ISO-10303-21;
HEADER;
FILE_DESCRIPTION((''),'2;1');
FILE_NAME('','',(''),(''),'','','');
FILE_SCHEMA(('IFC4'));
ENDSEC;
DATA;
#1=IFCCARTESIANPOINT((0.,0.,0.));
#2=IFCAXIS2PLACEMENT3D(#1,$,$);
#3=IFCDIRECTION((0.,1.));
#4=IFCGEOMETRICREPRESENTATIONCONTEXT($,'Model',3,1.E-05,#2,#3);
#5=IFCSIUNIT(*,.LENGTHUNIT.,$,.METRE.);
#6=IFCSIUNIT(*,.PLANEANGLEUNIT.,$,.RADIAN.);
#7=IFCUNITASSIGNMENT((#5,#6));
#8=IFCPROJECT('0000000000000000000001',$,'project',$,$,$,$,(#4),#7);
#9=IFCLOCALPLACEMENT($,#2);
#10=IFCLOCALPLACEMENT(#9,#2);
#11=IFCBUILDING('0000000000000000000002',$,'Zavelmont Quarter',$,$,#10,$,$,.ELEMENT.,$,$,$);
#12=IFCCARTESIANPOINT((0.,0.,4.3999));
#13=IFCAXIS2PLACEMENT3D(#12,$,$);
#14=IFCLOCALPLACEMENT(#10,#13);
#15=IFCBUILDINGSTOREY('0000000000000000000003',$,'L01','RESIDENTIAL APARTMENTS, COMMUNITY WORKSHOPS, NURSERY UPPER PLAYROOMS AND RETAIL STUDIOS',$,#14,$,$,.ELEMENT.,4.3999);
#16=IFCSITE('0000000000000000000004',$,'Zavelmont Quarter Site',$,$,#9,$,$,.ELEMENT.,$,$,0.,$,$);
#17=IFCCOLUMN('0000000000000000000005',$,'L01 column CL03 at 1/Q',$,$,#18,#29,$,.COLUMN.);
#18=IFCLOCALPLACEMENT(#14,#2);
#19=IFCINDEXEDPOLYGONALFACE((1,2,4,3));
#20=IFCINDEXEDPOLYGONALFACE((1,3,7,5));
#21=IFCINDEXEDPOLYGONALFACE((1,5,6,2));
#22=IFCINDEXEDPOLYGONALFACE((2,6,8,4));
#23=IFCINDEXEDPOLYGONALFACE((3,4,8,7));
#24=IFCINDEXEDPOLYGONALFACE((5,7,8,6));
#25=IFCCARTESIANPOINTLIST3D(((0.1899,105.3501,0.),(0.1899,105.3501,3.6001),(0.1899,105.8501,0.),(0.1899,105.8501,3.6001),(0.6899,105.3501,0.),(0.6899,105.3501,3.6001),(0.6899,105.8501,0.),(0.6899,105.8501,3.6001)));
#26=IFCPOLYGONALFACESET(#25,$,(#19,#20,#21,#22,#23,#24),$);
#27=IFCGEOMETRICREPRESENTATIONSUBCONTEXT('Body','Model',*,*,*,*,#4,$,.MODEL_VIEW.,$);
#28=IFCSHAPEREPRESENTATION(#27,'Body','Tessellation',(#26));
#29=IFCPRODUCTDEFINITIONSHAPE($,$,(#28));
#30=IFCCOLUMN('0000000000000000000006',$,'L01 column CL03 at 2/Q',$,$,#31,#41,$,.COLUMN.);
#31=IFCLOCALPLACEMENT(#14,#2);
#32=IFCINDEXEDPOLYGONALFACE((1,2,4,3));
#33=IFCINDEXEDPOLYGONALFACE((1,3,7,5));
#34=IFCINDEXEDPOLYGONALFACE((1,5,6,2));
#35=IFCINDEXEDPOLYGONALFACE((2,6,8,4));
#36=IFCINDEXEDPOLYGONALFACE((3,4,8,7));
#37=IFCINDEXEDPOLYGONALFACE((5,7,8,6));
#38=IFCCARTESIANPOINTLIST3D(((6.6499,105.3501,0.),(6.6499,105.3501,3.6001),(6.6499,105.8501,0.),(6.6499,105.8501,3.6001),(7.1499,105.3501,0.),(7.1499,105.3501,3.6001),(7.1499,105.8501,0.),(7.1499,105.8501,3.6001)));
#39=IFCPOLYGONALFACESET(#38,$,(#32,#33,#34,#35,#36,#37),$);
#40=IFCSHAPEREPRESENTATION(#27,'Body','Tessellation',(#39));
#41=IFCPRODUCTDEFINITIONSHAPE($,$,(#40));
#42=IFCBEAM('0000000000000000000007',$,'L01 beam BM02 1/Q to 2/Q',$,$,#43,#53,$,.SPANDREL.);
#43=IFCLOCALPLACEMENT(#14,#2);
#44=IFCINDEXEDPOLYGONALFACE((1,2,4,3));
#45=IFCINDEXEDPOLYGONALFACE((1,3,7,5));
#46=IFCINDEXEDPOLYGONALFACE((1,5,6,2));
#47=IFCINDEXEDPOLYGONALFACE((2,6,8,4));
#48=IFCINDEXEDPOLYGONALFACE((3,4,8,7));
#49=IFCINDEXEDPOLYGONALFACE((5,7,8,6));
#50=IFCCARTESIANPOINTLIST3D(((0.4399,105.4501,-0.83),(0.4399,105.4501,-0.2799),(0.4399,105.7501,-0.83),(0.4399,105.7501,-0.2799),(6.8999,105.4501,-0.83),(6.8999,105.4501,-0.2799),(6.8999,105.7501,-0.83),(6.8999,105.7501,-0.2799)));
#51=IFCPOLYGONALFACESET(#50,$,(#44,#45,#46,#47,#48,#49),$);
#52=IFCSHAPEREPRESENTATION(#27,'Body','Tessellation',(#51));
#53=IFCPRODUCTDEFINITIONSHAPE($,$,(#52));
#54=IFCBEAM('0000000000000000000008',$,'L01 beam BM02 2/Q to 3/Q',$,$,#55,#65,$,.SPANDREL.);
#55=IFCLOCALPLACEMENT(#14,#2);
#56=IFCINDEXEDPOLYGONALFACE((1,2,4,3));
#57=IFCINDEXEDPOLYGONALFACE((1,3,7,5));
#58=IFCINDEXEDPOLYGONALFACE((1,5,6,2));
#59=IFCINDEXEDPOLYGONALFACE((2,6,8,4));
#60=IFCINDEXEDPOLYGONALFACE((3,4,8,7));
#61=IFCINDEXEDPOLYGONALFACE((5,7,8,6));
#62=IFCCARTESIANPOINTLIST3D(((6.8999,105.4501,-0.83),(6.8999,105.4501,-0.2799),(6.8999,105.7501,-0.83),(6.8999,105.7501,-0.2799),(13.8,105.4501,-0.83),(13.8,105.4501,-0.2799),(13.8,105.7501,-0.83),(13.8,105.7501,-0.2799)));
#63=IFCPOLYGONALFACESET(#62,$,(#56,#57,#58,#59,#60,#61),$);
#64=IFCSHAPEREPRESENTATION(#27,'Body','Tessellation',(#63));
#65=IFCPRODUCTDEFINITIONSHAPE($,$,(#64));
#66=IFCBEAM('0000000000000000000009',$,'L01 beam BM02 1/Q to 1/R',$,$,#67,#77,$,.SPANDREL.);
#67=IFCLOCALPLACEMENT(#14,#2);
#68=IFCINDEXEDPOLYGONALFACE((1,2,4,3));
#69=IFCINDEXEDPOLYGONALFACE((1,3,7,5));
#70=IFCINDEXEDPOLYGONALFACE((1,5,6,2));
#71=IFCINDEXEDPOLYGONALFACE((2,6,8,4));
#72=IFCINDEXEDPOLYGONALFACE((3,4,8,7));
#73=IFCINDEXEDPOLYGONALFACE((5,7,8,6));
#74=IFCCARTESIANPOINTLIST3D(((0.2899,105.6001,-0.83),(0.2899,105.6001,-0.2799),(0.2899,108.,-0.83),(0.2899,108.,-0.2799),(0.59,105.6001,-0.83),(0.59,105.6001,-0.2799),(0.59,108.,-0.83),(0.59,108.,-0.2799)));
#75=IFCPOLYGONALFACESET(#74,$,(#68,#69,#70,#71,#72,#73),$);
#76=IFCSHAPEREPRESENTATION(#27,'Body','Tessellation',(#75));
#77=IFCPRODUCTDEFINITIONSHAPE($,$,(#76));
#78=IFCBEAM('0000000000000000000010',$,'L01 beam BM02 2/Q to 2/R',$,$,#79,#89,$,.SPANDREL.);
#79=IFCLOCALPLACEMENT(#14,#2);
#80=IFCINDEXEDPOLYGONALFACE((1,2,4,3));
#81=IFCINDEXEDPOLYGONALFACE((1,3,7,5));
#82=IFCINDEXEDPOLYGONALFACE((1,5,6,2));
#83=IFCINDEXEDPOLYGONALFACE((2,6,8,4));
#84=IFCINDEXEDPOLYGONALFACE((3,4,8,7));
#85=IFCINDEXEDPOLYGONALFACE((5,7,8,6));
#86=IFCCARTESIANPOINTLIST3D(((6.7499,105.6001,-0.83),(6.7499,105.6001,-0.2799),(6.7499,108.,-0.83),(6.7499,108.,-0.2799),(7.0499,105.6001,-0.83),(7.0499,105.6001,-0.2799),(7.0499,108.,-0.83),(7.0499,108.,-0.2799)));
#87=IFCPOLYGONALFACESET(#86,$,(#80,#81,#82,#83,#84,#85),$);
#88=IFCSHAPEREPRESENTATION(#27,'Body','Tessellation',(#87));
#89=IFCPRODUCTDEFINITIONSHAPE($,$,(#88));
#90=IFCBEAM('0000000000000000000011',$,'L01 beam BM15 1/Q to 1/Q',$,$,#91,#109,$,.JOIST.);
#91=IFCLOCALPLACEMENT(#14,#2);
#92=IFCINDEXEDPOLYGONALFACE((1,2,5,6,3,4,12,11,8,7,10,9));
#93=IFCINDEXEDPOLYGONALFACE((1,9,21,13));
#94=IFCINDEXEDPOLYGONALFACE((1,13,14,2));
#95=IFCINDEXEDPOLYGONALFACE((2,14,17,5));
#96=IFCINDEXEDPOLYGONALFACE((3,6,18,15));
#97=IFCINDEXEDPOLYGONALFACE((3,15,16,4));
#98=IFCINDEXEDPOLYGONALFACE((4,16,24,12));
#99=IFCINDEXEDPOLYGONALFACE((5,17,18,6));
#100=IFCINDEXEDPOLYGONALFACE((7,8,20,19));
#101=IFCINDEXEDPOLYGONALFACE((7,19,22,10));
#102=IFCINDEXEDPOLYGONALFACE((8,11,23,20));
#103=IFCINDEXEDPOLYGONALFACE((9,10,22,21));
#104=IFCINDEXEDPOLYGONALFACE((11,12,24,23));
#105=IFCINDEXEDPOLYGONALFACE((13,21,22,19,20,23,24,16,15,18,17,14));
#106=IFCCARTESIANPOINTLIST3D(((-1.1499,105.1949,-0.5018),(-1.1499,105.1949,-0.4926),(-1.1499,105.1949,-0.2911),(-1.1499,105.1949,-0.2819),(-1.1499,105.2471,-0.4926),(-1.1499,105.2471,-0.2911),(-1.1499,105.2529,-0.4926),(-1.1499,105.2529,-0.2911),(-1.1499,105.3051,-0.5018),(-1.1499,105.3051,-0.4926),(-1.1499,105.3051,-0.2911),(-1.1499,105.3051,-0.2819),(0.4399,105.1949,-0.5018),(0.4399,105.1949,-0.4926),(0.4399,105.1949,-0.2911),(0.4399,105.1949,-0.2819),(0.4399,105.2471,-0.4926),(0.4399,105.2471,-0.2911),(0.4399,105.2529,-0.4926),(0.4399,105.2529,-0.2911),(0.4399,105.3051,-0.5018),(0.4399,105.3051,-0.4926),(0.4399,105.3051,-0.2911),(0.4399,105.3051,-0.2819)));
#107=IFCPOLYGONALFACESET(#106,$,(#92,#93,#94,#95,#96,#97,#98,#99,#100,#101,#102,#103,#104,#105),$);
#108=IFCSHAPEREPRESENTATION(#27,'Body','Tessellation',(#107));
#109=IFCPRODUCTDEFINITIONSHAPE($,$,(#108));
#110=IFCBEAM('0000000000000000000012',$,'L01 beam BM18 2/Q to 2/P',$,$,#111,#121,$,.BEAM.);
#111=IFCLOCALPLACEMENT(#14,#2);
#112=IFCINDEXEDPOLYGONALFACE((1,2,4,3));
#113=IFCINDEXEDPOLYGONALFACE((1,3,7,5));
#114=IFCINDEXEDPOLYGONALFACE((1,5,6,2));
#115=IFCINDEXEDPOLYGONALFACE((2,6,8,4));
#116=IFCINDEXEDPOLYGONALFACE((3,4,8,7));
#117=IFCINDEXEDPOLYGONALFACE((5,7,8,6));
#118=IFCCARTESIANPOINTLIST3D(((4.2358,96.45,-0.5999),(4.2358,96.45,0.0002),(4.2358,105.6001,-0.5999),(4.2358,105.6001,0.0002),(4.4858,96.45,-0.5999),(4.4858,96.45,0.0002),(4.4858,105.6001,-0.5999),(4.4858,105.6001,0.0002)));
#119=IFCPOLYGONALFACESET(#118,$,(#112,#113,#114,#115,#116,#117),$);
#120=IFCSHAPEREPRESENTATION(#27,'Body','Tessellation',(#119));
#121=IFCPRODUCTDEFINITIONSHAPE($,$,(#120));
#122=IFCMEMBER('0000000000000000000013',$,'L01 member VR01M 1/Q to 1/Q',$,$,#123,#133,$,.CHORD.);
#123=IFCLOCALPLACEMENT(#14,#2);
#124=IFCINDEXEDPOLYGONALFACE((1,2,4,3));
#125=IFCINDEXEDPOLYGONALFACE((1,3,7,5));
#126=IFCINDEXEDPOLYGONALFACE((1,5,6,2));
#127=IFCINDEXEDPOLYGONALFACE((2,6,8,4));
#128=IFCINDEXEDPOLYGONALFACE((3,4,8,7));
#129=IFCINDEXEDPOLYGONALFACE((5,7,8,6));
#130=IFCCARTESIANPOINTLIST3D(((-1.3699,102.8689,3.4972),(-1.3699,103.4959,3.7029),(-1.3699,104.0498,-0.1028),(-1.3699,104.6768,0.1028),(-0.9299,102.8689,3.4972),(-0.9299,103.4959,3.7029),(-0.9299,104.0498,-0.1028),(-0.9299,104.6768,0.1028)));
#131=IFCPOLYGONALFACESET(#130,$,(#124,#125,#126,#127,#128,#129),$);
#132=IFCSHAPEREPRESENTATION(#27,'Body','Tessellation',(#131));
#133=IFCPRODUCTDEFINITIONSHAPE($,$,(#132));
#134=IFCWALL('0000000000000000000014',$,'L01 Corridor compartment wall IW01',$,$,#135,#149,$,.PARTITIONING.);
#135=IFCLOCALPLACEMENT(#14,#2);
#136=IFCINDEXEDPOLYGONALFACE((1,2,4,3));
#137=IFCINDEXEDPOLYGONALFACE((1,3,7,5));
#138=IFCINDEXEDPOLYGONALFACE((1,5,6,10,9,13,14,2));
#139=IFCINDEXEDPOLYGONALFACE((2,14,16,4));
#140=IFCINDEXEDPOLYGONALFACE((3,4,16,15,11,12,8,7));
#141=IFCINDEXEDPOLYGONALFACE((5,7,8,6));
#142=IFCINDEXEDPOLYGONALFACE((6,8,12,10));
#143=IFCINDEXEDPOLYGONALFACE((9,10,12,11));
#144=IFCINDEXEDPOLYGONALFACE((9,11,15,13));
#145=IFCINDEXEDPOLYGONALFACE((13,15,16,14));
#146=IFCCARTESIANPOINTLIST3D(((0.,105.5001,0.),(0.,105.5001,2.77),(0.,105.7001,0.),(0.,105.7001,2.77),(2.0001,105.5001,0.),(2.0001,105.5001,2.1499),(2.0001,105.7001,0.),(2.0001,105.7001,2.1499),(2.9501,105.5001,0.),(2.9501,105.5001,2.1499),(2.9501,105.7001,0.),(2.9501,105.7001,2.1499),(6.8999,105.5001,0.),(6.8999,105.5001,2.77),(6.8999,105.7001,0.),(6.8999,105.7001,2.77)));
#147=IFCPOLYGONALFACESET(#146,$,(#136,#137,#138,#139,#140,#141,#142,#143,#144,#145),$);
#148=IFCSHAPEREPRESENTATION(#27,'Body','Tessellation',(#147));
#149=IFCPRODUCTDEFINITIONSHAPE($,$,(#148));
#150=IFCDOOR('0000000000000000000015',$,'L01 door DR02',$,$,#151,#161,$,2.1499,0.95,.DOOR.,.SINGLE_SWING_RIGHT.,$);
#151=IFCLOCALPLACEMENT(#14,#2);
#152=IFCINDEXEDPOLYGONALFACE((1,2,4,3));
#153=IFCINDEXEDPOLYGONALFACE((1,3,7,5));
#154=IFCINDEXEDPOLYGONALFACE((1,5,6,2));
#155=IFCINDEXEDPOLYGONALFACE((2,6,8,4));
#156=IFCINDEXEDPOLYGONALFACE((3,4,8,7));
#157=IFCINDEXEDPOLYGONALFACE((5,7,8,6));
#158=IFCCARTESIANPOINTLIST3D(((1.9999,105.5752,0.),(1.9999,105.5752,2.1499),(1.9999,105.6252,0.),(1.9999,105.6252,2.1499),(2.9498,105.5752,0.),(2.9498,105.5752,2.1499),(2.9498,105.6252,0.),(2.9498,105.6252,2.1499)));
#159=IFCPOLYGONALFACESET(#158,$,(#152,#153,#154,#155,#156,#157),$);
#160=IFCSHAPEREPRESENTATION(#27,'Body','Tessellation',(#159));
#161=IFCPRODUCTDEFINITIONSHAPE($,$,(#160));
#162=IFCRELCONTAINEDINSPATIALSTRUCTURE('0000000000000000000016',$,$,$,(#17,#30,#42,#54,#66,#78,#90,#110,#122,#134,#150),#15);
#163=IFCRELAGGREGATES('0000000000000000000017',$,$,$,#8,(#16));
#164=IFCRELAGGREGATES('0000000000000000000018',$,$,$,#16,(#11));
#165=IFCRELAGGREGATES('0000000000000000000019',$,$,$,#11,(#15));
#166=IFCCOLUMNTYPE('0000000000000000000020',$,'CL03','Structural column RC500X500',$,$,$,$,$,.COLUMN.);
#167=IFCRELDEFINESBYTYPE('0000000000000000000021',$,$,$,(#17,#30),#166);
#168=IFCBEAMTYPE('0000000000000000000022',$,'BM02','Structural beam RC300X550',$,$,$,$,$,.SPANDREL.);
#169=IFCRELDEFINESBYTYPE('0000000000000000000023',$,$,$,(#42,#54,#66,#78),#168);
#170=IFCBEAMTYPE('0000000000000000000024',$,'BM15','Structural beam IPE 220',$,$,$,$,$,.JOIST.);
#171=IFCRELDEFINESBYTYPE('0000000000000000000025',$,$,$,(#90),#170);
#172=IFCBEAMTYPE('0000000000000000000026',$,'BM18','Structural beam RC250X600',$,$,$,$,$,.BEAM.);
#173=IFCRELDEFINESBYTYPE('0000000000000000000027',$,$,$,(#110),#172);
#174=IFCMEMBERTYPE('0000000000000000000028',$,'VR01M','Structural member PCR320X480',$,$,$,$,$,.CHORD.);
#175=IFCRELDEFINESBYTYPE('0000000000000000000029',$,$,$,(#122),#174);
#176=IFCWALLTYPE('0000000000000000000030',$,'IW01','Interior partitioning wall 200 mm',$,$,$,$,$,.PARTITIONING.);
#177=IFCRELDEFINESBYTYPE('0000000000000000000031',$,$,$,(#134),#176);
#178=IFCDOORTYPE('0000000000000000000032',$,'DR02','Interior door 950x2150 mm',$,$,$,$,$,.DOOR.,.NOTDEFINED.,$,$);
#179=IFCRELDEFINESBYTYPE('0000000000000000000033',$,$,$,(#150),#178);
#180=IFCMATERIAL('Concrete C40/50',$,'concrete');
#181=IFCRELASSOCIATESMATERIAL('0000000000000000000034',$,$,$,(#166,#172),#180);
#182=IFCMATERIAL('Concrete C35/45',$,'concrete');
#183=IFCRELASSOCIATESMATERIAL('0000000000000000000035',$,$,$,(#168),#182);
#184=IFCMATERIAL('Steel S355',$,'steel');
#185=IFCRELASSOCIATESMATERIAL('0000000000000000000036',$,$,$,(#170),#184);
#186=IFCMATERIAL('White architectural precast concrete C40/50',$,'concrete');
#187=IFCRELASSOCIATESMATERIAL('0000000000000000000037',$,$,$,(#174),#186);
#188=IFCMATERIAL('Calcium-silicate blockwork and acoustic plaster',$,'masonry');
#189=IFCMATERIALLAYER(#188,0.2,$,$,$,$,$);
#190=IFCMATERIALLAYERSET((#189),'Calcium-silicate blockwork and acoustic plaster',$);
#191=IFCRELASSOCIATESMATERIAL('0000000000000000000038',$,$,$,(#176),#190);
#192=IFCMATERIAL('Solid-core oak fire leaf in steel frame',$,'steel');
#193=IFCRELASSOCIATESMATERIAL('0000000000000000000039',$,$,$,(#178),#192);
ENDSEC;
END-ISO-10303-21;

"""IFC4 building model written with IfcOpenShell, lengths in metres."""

from ifc_helpers import new_model, si_unit, direction, frame, frame_2d, origin, origin_2d, place, context, subcontext, project, spatial, rectangle, i_section, extrude, material, layer, layer_set, material_profile, profile_set, type_object, element, fill, save


model = new_model("IFC4")

# Units and contexts
model_context = context("Model", 3, precision=1e-05, world=origin(), true_north=direction((0.0, 1.0)))
body_context = subcontext(model_context, "Body", "Model", "MODEL_VIEW")
ifc_project = project(units=[si_unit("LENGTHUNIT", "METRE"), si_unit("PLANEANGLEUNIT", "RADIAN")], contexts=[model_context])

# Site, building, storey
site_placement = place(None, origin())
site = spatial("IfcSite", under=ifc_project, at=site_placement, Name="Zavelmont Quarter Site", CompositionType="ELEMENT", RefElevation=0.0)
building_placement = place(site_placement, origin())
building = spatial("IfcBuilding", under=site, at=building_placement, Name="Zavelmont Quarter", CompositionType="ELEMENT")
storey_placement = place(building_placement, frame((0.0, 0.0, 4.3999)))
storey = spatial("IfcBuildingStorey", under=building, at=storey_placement, Name="L01", Description="RESIDENTIAL APARTMENTS, COMMUNITY WORKSHOPS, NURSERY UPPER PLAYROOMS AND RETAIL STUDIOS", CompositionType="ELEMENT", Elevation=4.3999)

# Columns
ifc_material_1 = material(Name="Concrete C40/50", Category="concrete")
ifc_material_profile_1 = material_profile(ifc_material_1, rectangle(XDim=0.5, YDim=0.5, at=origin_2d()), Name="RC500X500")
ifc_profile_set_1 = profile_set([ifc_material_profile_1], Name="Concrete C40/50")
column_type = type_object("IfcColumnType", Name="CL03", Description="Structural column RC500X500", PredefinedType="COLUMN", material=ifc_profile_set_1)
for number, where, z_axis, x_axis, name in (
    (1, (0.4399, 105.6001, 0.0), (0.0, 0.0, 1.0), (1.0, 0.0, 0.0), "L01 column CL03 at 1/Q"),
    (2, (6.8999, 105.6001, 0.0), (0.0, 0.0, 1.0), (1.0, 0.0, 0.0), "L01 column CL03 at 2/Q"),
):
    element("IfcColumn", number, at=place(storey_placement, frame(where, z_axis=z_axis, x_axis=x_axis)), inside=storey, type_object=column_type, Name=name, PredefinedType="COLUMN", context=body_context, shape_type="SweptSolid", body=[
        extrude(rectangle(XDim=0.5, YDim=0.5, at=origin_2d()), origin(), (0.0, 0.0, 1.0), 3.6001),
    ])

# Beams
ifc_material_2 = material(Name="Concrete C35/45", Category="concrete")
ifc_material_profile_2 = material_profile(ifc_material_2, rectangle(XDim=0.3, YDim=0.55, at=origin_2d()), Name="RC300X550")
ifc_profile_set_2 = profile_set([ifc_material_profile_2], Name="Concrete C35/45")
beam_type_1 = type_object("IfcBeamType", Name="BM02", Description="Structural beam RC300X550", PredefinedType="SPANDREL", material=ifc_profile_set_2)
beam_1_placement = place(storey_placement, frame((0.4399, 105.6001, -0.5549), z_axis=(1.0, 0.0, 0.0), x_axis=(0.0, 1.0, 0.0)))
element("IfcBeam", 3, at=beam_1_placement, inside=storey, type_object=beam_type_1, Name="L01 beam BM02 1/Q to 2/Q", PredefinedType="SPANDREL", context=body_context, shape_type="SweptSolid", body=[
    extrude(rectangle(XDim=0.3, YDim=0.55, at=origin_2d()), origin(), (0.0, 0.0, 1.0), 6.46),
])
beam_2_placement = place(storey_placement, frame((6.8999, 105.6001, -0.5549), z_axis=(1.0, 0.0, 0.0), x_axis=(0.0, 1.0, 0.0)))
element("IfcBeam", 4, at=beam_2_placement, inside=storey, type_object=beam_type_1, Name="L01 beam BM02 2/Q to 3/Q", PredefinedType="SPANDREL", context=body_context, shape_type="SweptSolid", body=[
    extrude(rectangle(XDim=0.3, YDim=0.55, at=origin_2d()), origin(), (0.0, 0.0, 1.0), 6.9001),
])
for number, where, z_axis, x_axis, name in (
    (5, (0.4399, 105.6001, -0.5549), (0.0, 1.0, 0.0), (-1.0, 0.0, 0.0), "L01 beam BM02 1/Q to 1/R"),
    (6, (6.8999, 105.6001, -0.5549), (0.0, 1.0, 0.0), (-1.0, 0.0, 0.0), "L01 beam BM02 2/Q to 2/R"),
):
    element("IfcBeam", number, at=place(storey_placement, frame(where, z_axis=z_axis, x_axis=x_axis)), inside=storey, type_object=beam_type_1, Name=name, PredefinedType="SPANDREL", context=body_context, shape_type="SweptSolid", body=[
        extrude(rectangle(XDim=0.3, YDim=0.55, at=origin_2d()), origin(), (0.0, 0.0, 1.0), 2.3999),
    ])
ifc_material_3 = material(Name="Steel S355", Category="steel")
ifc_material_profile_3 = material_profile(ifc_material_3, i_section(OverallWidth=0.1101, OverallDepth=0.22, WebThickness=0.0059, FlangeThickness=0.0093, at=origin_2d()), Name="IPE 220")
ifc_profile_set_3 = profile_set([ifc_material_profile_3], Name="Steel S355")
beam_type_2 = type_object("IfcBeamType", Name="BM15", Description="Structural beam IPE 220", PredefinedType="JOIST", material=ifc_profile_set_3)
beam_3_placement = place(storey_placement, frame((0.4399, 105.25, -0.3918), z_axis=(-1.0, 0.0, 0.0), x_axis=(0.0, -1.0, 0.0)))
element("IfcBeam", 7, at=beam_3_placement, inside=storey, type_object=beam_type_2, Name="L01 beam BM15 1/Q to 1/Q", PredefinedType="JOIST", context=body_context, shape_type="SweptSolid", body=[
    extrude(i_section(OverallWidth=0.1101, OverallDepth=0.22, WebThickness=0.0059, FlangeThickness=0.0093, at=origin_2d()), origin(), (0.0, 0.0, 1.0), 1.5898),
])
ifc_material_profile_4 = material_profile(ifc_material_1, rectangle(XDim=0.25, YDim=0.6001, at=origin_2d()), Name="RC250X600")
ifc_profile_set_4 = profile_set([ifc_material_profile_4], Name="Concrete C40/50")
beam_type_3 = type_object("IfcBeamType", Name="BM18", Description="Structural beam RC250X600", PredefinedType="BEAM", material=ifc_profile_set_4)
beam_4_placement = place(storey_placement, frame((4.3608, 105.6001, -0.2998), z_axis=(0.0, -1.0, 0.0), x_axis=(1.0, 0.0, 0.0)))
element("IfcBeam", 8, at=beam_4_placement, inside=storey, type_object=beam_type_3, Name="L01 beam BM18 2/Q to 2/P", PredefinedType="BEAM", context=body_context, shape_type="SweptSolid", body=[
    extrude(rectangle(XDim=0.25, YDim=0.6001, at=origin_2d()), origin(), (0.0, 0.0, 1.0), 9.1501),
])

# Member
ifc_material_4 = material(Name="White architectural precast concrete C40/50", Category="concrete")
ifc_material_profile_5 = material_profile(ifc_material_4, rectangle(XDim=0.4399, YDim=0.6599, at=origin_2d()), Name="PCR320X480")
ifc_profile_set_5 = profile_set([ifc_material_profile_5], Name="White architectural precast concrete C40/50")
member_type = type_object("IfcMemberType", Name="VR01M", Description="Structural member PCR320X480", PredefinedType="CHORD", material=ifc_profile_set_5)
member_placement = place(storey_placement, frame((-1.1499, 104.3633, 0.0), z_axis=(0.0, -0.311681, 0.950187), x_axis=(1.0, 0.0, 0.0)))
element("IfcMember", 9, at=member_placement, inside=storey, type_object=member_type, Name="L01 member VR01M 1/Q to 1/Q", PredefinedType="CHORD", context=body_context, shape_type="SweptSolid", body=[
    extrude(rectangle(XDim=0.4399, YDim=0.6599, at=origin_2d()), origin(), (0.0, 0.0, 1.0), 3.7888),
])

# Wall, opening, door
ifc_material_5 = material(Name="Calcium-silicate blockwork and acoustic plaster", Category="masonry")
ifc_layer_1 = layer(ifc_material_5, 0.2)
ifc_layer_set_1 = layer_set([ifc_layer_1], Name="Calcium-silicate blockwork and acoustic plaster")
wall_type_1 = type_object("IfcWallType", Name="IW01", Description="Interior partitioning wall 200 mm", PredefinedType="PARTITIONING", material=ifc_layer_set_1)
wall_1_placement = place(storey_placement, frame((0.0, 105.6001, 0.0), z_axis=(0.0, 0.0, 1.0), x_axis=(1.0, 0.0, 0.0)))
wall_1 = element("IfcWall", 10, at=wall_1_placement, inside=storey, type_object=wall_type_1, Name="L01 Corridor compartment wall IW01", PredefinedType="PARTITIONING", context=body_context, shape_type="SweptSolid", body=[
    extrude(rectangle(XDim=6.8999, YDim=0.2, at=frame_2d((3.45, 0.0))), origin(), (0.0, 0.0, 1.0), 2.77),
])
opening_1_placement = place(wall_1_placement, frame((2.0, 0.0, 0.0)))
opening_1 = element("IfcOpeningElement", 11, at=opening_1_placement, cuts=wall_1, PredefinedType="OPENING", context=body_context, shape_type="SweptSolid", body=[
    extrude(rectangle(XDim=0.95, YDim=2.1499, at=frame_2d((0.4751, 1.075))), frame((0.0, 0.1118, 0.0), z_axis=(0.0, -1.0, 0.0), x_axis=(1.0, 0.0, 0.0)), (0.0, 0.0, 1.0), 0.2239),
])
ifc_material_6 = material(Name="Solid-core oak fire leaf in steel frame", Category="steel")
door_type_1 = type_object("IfcDoorType", Name="DR02", Description="Interior door 950x2150 mm", OperationType="NOTDEFINED", PredefinedType="DOOR", material=ifc_material_6)
door_1_placement = place(opening_1_placement, frame((0.95, 0.0, 0.0), z_axis=(0.0, 0.0, 1.0), x_axis=(-1.0, 0.0, 0.0)))
door_1 = element("IfcDoor", 12, at=door_1_placement, inside=storey, type_object=door_type_1, Name="L01 door DR02", OperationType="SINGLE_SWING_RIGHT", OverallHeight=2.1499, OverallWidth=0.95, PredefinedType="DOOR", context=body_context, shape_type="SweptSolid", body=[
    extrude(rectangle(XDim=0.95, YDim=2.1499, at=frame_2d((0.4751, 1.075))), frame((0.0, 0.0249, 0.0), z_axis=(0.0, -1.0, 0.0), x_axis=(1.0, 0.0, 0.0)), (0.0, 0.0, 1.0), 0.05),
])
fill(opening_1, door_1)

save(model, "model.ifc")
